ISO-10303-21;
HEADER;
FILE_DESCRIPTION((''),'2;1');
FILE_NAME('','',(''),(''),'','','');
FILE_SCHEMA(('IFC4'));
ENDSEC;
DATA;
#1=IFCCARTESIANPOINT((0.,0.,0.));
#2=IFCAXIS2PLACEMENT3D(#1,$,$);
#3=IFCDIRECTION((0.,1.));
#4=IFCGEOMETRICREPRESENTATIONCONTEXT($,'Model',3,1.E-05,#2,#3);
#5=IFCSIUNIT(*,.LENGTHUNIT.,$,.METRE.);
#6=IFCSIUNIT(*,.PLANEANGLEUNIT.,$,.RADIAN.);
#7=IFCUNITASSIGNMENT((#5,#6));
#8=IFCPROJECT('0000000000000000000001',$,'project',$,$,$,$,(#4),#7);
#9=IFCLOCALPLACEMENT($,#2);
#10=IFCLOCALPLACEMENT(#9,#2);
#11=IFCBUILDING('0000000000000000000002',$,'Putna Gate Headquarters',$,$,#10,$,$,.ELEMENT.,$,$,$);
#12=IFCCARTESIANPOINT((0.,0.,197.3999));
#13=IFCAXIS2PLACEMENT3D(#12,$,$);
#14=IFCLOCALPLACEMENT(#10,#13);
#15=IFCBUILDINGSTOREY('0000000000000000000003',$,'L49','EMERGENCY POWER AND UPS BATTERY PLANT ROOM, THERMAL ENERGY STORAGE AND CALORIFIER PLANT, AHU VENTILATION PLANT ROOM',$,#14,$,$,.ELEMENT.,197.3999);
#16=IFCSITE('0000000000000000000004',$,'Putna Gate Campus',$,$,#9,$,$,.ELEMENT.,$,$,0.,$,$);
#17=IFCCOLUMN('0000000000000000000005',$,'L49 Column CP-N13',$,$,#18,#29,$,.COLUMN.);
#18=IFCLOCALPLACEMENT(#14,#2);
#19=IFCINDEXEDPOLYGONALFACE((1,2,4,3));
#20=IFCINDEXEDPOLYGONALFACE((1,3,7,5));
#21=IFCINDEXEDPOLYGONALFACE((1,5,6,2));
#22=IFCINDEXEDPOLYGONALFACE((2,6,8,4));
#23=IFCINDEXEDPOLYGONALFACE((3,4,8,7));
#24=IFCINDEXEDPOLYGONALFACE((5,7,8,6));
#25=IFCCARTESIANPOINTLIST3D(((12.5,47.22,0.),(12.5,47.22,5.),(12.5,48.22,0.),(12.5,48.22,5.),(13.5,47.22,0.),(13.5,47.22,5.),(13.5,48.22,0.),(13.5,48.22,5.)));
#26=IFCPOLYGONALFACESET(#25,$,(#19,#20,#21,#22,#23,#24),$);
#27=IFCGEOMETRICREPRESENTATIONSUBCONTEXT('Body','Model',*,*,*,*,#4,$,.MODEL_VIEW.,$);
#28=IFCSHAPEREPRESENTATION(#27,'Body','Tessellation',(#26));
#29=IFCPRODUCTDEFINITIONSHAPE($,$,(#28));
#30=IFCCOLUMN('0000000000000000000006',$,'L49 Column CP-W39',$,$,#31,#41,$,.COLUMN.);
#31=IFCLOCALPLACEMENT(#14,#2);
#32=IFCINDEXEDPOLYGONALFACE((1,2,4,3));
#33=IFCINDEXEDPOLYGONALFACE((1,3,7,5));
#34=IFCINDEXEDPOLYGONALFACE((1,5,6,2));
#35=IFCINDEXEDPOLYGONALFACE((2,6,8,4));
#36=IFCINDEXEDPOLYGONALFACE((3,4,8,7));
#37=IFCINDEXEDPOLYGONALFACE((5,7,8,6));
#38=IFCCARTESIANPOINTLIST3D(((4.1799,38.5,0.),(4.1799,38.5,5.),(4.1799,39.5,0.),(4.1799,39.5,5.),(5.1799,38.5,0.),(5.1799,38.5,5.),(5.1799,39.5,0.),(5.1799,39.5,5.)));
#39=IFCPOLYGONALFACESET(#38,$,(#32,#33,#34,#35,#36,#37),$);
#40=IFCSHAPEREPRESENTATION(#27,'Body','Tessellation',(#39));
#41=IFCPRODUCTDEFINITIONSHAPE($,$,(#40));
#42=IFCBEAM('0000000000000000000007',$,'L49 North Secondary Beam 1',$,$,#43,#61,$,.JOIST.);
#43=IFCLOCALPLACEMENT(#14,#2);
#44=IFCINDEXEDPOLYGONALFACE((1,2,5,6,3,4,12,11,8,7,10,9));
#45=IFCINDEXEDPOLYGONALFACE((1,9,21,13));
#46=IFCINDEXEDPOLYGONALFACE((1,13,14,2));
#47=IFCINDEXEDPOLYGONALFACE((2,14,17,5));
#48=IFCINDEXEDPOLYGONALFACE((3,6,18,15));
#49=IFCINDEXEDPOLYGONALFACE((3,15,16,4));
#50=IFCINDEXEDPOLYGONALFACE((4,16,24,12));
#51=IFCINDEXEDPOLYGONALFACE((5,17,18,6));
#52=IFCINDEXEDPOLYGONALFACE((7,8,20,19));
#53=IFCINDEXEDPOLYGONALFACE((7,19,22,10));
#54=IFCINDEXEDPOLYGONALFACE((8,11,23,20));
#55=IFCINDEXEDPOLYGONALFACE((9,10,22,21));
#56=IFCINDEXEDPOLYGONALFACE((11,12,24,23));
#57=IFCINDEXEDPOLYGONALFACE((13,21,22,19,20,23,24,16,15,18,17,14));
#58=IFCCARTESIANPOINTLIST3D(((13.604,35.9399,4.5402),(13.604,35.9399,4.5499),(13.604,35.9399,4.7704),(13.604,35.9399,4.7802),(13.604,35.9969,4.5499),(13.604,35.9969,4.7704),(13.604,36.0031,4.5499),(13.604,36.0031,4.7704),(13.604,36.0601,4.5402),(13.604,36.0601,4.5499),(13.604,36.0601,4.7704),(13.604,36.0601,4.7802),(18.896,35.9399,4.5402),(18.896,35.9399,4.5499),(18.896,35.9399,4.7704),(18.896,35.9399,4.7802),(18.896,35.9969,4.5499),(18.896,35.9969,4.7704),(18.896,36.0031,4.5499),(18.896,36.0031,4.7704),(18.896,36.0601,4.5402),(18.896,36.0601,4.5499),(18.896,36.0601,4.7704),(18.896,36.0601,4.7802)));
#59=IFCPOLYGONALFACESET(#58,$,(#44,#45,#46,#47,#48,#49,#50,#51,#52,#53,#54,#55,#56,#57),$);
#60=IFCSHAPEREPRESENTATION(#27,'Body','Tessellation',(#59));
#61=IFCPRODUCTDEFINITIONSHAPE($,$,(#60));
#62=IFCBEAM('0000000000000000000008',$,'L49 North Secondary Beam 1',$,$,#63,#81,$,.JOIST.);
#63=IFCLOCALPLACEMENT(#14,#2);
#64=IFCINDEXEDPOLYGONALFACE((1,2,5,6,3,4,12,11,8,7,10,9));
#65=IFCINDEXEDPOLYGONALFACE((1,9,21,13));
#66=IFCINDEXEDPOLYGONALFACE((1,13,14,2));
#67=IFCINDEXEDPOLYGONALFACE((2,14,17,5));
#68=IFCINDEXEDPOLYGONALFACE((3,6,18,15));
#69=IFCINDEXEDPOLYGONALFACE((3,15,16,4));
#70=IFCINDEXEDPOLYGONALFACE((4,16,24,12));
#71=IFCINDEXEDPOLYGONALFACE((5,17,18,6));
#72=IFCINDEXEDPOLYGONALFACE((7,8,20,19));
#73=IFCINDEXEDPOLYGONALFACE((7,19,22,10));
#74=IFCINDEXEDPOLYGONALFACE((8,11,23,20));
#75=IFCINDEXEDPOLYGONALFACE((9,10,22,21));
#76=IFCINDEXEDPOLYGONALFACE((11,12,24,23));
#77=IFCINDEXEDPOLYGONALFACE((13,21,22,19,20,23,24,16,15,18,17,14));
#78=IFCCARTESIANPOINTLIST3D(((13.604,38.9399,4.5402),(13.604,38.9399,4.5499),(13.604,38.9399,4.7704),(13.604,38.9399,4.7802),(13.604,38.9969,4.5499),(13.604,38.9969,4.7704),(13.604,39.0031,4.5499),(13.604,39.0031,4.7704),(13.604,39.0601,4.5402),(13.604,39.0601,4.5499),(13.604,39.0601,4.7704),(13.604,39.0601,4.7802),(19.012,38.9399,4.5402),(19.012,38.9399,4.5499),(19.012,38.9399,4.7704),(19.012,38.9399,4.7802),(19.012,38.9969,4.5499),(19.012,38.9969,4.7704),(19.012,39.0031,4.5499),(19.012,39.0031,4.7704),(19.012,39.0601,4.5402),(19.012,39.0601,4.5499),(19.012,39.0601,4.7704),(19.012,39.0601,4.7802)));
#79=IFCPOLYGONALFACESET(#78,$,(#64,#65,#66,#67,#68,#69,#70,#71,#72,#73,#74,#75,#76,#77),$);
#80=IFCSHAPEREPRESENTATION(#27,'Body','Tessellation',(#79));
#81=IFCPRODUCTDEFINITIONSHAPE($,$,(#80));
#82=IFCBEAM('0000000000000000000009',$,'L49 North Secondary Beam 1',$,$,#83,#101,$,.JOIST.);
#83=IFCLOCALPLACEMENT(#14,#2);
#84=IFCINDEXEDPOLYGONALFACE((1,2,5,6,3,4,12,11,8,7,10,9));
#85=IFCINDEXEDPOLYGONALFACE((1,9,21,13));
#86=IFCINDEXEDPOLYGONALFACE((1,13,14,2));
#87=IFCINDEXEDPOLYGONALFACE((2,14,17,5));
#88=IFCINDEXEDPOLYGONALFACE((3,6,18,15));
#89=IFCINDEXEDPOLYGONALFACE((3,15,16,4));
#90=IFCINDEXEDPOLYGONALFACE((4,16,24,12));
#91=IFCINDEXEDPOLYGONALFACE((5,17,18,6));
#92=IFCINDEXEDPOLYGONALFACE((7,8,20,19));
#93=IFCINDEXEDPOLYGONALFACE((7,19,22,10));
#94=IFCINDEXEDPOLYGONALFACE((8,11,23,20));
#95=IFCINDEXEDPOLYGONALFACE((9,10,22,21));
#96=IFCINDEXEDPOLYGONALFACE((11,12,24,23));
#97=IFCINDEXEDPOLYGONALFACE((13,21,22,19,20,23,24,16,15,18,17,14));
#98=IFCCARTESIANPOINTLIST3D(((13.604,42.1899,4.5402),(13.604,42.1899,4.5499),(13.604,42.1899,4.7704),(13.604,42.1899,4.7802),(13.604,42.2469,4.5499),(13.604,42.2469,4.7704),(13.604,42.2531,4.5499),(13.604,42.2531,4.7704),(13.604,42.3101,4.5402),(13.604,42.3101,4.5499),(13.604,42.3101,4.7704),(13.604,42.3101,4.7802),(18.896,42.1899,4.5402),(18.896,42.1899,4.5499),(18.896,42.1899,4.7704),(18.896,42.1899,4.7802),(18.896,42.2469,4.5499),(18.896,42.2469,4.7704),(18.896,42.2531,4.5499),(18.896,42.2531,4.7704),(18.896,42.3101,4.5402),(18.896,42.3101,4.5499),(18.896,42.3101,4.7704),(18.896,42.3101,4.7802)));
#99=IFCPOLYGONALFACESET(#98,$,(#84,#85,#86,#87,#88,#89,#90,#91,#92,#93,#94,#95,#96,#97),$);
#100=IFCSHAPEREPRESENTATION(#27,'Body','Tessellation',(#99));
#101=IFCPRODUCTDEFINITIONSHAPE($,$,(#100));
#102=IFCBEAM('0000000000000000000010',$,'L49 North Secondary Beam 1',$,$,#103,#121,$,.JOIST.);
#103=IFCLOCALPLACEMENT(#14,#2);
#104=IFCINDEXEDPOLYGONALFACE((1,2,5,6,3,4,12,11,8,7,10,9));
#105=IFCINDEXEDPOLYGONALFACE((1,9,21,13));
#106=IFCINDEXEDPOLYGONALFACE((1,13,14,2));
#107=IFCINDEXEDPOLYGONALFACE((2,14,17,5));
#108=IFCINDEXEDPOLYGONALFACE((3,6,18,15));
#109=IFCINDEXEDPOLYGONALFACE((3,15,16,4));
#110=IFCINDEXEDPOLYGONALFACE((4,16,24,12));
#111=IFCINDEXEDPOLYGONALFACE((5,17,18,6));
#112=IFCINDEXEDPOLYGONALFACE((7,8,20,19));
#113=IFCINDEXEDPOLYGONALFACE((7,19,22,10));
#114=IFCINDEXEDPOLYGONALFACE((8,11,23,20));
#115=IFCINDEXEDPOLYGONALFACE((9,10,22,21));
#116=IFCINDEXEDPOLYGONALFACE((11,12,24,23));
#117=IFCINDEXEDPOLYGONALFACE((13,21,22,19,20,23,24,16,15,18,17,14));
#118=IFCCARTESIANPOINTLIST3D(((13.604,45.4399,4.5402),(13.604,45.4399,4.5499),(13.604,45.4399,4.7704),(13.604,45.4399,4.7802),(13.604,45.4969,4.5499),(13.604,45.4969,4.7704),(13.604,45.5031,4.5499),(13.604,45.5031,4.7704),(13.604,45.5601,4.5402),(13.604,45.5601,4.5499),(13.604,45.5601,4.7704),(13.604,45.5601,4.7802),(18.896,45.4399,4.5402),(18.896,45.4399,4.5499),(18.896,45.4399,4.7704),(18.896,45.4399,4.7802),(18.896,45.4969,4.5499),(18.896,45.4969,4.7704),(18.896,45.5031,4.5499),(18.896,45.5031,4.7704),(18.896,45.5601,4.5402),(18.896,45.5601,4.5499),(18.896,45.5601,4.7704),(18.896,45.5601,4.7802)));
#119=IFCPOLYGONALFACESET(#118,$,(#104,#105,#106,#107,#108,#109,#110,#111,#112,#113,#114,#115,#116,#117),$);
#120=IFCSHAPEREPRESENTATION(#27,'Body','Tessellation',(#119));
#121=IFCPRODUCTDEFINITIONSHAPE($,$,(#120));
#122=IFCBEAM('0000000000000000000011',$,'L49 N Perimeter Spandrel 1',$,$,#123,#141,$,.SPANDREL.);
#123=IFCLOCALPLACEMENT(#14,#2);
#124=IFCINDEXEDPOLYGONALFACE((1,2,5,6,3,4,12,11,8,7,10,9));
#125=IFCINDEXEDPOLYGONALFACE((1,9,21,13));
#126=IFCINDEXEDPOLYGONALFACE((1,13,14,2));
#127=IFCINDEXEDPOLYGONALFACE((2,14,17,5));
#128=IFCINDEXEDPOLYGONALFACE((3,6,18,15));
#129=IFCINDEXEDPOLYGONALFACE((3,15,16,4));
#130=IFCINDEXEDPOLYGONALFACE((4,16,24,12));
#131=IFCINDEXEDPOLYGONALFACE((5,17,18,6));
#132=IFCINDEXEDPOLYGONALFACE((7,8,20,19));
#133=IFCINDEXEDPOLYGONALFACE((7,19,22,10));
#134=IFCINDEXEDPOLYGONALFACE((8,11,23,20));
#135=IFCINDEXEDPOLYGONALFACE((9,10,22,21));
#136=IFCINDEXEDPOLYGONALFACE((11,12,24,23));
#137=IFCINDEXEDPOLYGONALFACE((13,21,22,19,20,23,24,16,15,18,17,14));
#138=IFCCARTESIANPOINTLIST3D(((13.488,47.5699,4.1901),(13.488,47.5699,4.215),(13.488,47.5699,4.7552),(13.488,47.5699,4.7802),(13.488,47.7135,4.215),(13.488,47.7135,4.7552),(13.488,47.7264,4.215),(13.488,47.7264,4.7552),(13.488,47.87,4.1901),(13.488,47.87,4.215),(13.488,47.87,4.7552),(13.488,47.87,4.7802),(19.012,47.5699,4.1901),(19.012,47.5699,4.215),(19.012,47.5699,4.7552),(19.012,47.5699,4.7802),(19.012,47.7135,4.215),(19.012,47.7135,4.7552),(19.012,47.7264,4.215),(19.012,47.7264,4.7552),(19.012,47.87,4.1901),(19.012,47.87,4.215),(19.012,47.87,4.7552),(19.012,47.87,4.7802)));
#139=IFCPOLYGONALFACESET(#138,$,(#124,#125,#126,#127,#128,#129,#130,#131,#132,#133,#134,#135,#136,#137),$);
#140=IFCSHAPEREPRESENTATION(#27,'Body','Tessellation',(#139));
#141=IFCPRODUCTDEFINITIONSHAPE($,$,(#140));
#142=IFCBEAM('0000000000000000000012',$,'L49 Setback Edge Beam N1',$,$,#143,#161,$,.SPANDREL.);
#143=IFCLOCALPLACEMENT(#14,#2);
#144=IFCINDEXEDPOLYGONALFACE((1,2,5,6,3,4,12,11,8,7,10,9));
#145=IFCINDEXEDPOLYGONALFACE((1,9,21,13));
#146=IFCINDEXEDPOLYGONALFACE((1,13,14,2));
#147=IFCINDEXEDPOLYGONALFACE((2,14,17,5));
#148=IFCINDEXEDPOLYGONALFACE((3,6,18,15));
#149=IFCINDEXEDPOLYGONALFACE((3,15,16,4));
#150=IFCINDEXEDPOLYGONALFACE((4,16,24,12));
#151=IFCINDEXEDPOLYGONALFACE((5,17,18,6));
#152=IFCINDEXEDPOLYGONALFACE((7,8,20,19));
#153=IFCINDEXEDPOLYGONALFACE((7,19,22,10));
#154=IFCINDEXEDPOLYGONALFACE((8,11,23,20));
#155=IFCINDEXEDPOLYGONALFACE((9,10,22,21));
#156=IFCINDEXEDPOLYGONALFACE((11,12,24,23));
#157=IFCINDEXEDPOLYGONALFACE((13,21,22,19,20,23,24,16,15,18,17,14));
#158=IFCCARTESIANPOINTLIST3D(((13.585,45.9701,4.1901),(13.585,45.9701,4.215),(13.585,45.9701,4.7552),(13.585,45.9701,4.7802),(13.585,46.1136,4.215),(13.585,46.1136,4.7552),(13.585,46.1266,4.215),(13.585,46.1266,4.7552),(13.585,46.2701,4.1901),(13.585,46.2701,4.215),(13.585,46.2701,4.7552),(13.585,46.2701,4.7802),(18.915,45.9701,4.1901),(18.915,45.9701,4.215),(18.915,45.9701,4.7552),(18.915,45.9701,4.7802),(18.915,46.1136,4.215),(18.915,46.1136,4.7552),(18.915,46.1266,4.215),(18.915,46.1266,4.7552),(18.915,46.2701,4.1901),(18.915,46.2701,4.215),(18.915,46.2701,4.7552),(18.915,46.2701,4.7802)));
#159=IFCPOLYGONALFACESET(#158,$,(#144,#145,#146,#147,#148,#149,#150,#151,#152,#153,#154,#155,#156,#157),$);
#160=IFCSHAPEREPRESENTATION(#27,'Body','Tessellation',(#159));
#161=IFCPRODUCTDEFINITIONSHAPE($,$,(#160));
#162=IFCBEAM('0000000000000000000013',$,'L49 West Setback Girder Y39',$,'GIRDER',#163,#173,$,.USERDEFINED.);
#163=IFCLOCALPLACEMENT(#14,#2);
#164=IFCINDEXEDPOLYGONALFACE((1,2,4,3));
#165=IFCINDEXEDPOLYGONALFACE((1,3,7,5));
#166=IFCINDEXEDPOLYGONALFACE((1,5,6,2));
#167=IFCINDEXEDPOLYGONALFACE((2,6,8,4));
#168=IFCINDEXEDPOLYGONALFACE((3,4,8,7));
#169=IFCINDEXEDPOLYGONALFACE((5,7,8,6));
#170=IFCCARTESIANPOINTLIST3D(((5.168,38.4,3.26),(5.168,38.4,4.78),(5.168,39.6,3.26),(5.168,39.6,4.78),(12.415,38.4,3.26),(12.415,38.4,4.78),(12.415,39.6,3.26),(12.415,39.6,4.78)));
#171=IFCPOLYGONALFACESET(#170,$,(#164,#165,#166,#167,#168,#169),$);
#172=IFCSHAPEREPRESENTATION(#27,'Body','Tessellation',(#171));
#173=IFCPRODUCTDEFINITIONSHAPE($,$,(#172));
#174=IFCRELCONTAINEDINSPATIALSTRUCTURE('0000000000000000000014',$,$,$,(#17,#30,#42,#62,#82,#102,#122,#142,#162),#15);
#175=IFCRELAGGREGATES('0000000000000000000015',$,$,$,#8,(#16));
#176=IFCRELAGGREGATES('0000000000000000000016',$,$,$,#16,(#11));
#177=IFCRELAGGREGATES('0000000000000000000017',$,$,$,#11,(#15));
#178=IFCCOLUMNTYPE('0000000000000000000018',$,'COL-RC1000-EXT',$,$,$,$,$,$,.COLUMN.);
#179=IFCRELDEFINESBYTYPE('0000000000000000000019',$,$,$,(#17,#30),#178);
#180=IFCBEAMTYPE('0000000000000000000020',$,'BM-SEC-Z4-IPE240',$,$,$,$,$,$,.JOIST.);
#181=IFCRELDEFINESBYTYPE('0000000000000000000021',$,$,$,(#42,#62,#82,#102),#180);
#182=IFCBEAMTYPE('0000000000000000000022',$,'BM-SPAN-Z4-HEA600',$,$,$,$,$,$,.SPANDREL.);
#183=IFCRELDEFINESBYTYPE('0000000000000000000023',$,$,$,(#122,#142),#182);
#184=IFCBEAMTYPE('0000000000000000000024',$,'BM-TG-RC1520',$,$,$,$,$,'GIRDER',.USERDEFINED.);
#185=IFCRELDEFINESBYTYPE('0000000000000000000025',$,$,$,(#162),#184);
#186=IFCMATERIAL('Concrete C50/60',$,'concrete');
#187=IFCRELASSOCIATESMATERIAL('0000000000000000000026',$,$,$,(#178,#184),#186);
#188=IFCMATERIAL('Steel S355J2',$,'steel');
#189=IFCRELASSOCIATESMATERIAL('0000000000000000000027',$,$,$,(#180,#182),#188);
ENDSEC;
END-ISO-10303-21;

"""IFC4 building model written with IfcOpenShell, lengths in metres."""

from ifc_helpers import new_model, si_unit, direction, frame, origin, origin_2d, place, context, subcontext, project, spatial, rectangle, i_section, extrude, material, material_profile, profile_set, type_object, element, save


model = new_model("IFC4")

# Units and contexts
model_context = context("Model", 3, precision=1e-05, world=origin(), true_north=direction((0.0, 1.0)))
body_context = subcontext(model_context, "Body", "Model", "MODEL_VIEW")
ifc_project = project(units=[si_unit("LENGTHUNIT", "METRE"), si_unit("PLANEANGLEUNIT", "RADIAN")], contexts=[model_context])

# Site, building, storey
site_placement = place(None, origin())
site = spatial("IfcSite", under=ifc_project, at=site_placement, Name="Putna Gate Campus", CompositionType="ELEMENT", RefElevation=0.0)
building_placement = place(site_placement, origin())
building = spatial("IfcBuilding", under=site, at=building_placement, Name="Putna Gate Headquarters", CompositionType="ELEMENT")
storey_placement = place(building_placement, frame((0.0, 0.0, 197.3999)))
storey = spatial("IfcBuildingStorey", under=building, at=storey_placement, Name="L49", Description="EMERGENCY POWER AND UPS BATTERY PLANT ROOM, THERMAL ENERGY STORAGE AND CALORIFIER PLANT, AHU VENTILATION PLANT ROOM", CompositionType="ELEMENT", Elevation=197.3999)

# Columns
ifc_material_1 = material(Name="Concrete C50/60", Category="concrete")
ifc_material_profile_1 = material_profile(ifc_material_1, rectangle(XDim=1.0, YDim=1.0, at=origin_2d()), Name="Concrete C50/60")
ifc_profile_set_1 = profile_set([ifc_material_profile_1], Name="Concrete C50/60")
column_type = type_object("IfcColumnType", Name="COL-RC1000-EXT", PredefinedType="COLUMN", material=ifc_profile_set_1)
for number, where, z_axis, x_axis, name in (
    (1, (13.0, 47.72, 0.0), (0.0, 0.0, 1.0), (1.0, 0.0, 0.0), "L49 Column CP-N13"),
    (2, (4.6799, 39.0, 0.0), (0.0, 0.0, 1.0), (1.0, 0.0, 0.0), "L49 Column CP-W39"),
):
    element("IfcColumn", number, at=place(storey_placement, frame(where, z_axis=z_axis, x_axis=x_axis)), inside=storey, type_object=column_type, Name=name, PredefinedType="COLUMN", context=body_context, shape_type="SweptSolid", body=[
        extrude(rectangle(XDim=1.0, YDim=1.0, at=origin_2d()), origin(), (0.0, 0.0, 1.0), 5.0),
    ])

# Beams
ifc_material_2 = material(Name="Steel S355J2", Category="steel")
ifc_material_profile_2 = material_profile(ifc_material_2, i_section(OverallWidth=0.1201, OverallDepth=0.24, WebThickness=0.0061, FlangeThickness=0.0098, at=origin_2d()), Name="Steel S355J2")
ifc_profile_set_2 = profile_set([ifc_material_profile_2], Name="Steel S355J2")
beam_type_1 = type_object("IfcBeamType", Name="BM-SEC-Z4-IPE240", PredefinedType="JOIST", material=ifc_profile_set_2)
beam_1_placement = place(storey_placement, frame((13.604, 36.0, 4.6602), z_axis=(1.0, 0.0, 0.0), x_axis=(0.0, 1.0, 0.0)))
element("IfcBeam", 3, at=beam_1_placement, inside=storey, type_object=beam_type_1, Name="L49 North Secondary Beam 1", PredefinedType="JOIST", context=body_context, shape_type="SweptSolid", body=[
    extrude(i_section(OverallWidth=0.1201, OverallDepth=0.24, WebThickness=0.0061, FlangeThickness=0.0098, at=origin_2d()), origin(), (0.0, 0.0, 1.0), 5.292),
])
beam_2_placement = place(storey_placement, frame((13.604, 39.0, 4.6602), z_axis=(1.0, 0.0, 0.0), x_axis=(0.0, 1.0, 0.0)))
element("IfcBeam", 4, at=beam_2_placement, inside=storey, type_object=beam_type_1, Name="L49 North Secondary Beam 1", PredefinedType="JOIST", context=body_context, shape_type="SweptSolid", body=[
    extrude(i_section(OverallWidth=0.1201, OverallDepth=0.24, WebThickness=0.0061, FlangeThickness=0.0098, at=origin_2d()), origin(), (0.0, 0.0, 1.0), 5.408),
])
for number, where, z_axis, x_axis, name in (
    (5, (13.604, 42.25, 4.6602), (1.0, 0.0, 0.0), (0.0, 1.0, 0.0), "L49 North Secondary Beam 1"),
    (6, (13.604, 45.5, 4.6602), (1.0, 0.0, 0.0), (0.0, 1.0, 0.0), "L49 North Secondary Beam 1"),
):
    element("IfcBeam", number, at=place(storey_placement, frame(where, z_axis=z_axis, x_axis=x_axis)), inside=storey, type_object=beam_type_1, Name=name, PredefinedType="JOIST", context=body_context, shape_type="SweptSolid", body=[
        extrude(i_section(OverallWidth=0.1201, OverallDepth=0.24, WebThickness=0.0061, FlangeThickness=0.0098, at=origin_2d()), origin(), (0.0, 0.0, 1.0), 5.292),
    ])
ifc_material_profile_3 = material_profile(ifc_material_2, i_section(OverallWidth=0.3, OverallDepth=0.5901, WebThickness=0.0129, FlangeThickness=0.0249, at=origin_2d()), Name="Steel S355J2")
ifc_profile_set_3 = profile_set([ifc_material_profile_3], Name="Steel S355J2")
beam_type_2 = type_object("IfcBeamType", Name="BM-SPAN-Z4-HEA600", PredefinedType="SPANDREL", material=ifc_profile_set_3)
beam_3_placement = place(storey_placement, frame((13.488, 47.72, 4.4851), z_axis=(1.0, 0.0, 0.0), x_axis=(0.0, 1.0, 0.0)))
element("IfcBeam", 7, at=beam_3_placement, inside=storey, type_object=beam_type_2, Name="L49 N Perimeter Spandrel 1", PredefinedType="SPANDREL", context=body_context, shape_type="SweptSolid", body=[
    extrude(i_section(OverallWidth=0.3, OverallDepth=0.5901, WebThickness=0.0129, FlangeThickness=0.0249, at=origin_2d()), origin(), (0.0, 0.0, 1.0), 5.5239),
])
beam_4_placement = place(storey_placement, frame((13.585, 46.1201, 4.4851), z_axis=(1.0, 0.0, 0.0), x_axis=(0.0, 1.0, 0.0)))
element("IfcBeam", 8, at=beam_4_placement, inside=storey, type_object=beam_type_2, Name="L49 Setback Edge Beam N1", PredefinedType="SPANDREL", context=body_context, shape_type="SweptSolid", body=[
    extrude(i_section(OverallWidth=0.3, OverallDepth=0.5901, WebThickness=0.0129, FlangeThickness=0.0249, at=origin_2d()), origin(), (0.0, 0.0, 1.0), 5.3301),
])
ifc_material_profile_4 = material_profile(ifc_material_1, rectangle(XDim=1.2, YDim=1.52, at=origin_2d()), Name="Concrete C50/60")
ifc_profile_set_4 = profile_set([ifc_material_profile_4], Name="Concrete C50/60")
beam_type_3 = type_object("IfcBeamType", Name="BM-TG-RC1520", ElementType="GIRDER", PredefinedType="USERDEFINED", material=ifc_profile_set_4)
beam_5_placement = place(storey_placement, frame((5.168, 39.0, 4.02), z_axis=(1.0, 0.0, 0.0), x_axis=(0.0, 1.0, 0.0)))
element("IfcBeam", 9, at=beam_5_placement, inside=storey, type_object=beam_type_3, Name="L49 West Setback Girder Y39", ObjectType="GIRDER", PredefinedType="USERDEFINED", context=body_context, shape_type="SweptSolid", body=[
    extrude(rectangle(XDim=1.2, YDim=1.52, at=origin_2d()), origin(), (0.0, 0.0, 1.0), 7.2471),
])

save(model, "model.ifc")
